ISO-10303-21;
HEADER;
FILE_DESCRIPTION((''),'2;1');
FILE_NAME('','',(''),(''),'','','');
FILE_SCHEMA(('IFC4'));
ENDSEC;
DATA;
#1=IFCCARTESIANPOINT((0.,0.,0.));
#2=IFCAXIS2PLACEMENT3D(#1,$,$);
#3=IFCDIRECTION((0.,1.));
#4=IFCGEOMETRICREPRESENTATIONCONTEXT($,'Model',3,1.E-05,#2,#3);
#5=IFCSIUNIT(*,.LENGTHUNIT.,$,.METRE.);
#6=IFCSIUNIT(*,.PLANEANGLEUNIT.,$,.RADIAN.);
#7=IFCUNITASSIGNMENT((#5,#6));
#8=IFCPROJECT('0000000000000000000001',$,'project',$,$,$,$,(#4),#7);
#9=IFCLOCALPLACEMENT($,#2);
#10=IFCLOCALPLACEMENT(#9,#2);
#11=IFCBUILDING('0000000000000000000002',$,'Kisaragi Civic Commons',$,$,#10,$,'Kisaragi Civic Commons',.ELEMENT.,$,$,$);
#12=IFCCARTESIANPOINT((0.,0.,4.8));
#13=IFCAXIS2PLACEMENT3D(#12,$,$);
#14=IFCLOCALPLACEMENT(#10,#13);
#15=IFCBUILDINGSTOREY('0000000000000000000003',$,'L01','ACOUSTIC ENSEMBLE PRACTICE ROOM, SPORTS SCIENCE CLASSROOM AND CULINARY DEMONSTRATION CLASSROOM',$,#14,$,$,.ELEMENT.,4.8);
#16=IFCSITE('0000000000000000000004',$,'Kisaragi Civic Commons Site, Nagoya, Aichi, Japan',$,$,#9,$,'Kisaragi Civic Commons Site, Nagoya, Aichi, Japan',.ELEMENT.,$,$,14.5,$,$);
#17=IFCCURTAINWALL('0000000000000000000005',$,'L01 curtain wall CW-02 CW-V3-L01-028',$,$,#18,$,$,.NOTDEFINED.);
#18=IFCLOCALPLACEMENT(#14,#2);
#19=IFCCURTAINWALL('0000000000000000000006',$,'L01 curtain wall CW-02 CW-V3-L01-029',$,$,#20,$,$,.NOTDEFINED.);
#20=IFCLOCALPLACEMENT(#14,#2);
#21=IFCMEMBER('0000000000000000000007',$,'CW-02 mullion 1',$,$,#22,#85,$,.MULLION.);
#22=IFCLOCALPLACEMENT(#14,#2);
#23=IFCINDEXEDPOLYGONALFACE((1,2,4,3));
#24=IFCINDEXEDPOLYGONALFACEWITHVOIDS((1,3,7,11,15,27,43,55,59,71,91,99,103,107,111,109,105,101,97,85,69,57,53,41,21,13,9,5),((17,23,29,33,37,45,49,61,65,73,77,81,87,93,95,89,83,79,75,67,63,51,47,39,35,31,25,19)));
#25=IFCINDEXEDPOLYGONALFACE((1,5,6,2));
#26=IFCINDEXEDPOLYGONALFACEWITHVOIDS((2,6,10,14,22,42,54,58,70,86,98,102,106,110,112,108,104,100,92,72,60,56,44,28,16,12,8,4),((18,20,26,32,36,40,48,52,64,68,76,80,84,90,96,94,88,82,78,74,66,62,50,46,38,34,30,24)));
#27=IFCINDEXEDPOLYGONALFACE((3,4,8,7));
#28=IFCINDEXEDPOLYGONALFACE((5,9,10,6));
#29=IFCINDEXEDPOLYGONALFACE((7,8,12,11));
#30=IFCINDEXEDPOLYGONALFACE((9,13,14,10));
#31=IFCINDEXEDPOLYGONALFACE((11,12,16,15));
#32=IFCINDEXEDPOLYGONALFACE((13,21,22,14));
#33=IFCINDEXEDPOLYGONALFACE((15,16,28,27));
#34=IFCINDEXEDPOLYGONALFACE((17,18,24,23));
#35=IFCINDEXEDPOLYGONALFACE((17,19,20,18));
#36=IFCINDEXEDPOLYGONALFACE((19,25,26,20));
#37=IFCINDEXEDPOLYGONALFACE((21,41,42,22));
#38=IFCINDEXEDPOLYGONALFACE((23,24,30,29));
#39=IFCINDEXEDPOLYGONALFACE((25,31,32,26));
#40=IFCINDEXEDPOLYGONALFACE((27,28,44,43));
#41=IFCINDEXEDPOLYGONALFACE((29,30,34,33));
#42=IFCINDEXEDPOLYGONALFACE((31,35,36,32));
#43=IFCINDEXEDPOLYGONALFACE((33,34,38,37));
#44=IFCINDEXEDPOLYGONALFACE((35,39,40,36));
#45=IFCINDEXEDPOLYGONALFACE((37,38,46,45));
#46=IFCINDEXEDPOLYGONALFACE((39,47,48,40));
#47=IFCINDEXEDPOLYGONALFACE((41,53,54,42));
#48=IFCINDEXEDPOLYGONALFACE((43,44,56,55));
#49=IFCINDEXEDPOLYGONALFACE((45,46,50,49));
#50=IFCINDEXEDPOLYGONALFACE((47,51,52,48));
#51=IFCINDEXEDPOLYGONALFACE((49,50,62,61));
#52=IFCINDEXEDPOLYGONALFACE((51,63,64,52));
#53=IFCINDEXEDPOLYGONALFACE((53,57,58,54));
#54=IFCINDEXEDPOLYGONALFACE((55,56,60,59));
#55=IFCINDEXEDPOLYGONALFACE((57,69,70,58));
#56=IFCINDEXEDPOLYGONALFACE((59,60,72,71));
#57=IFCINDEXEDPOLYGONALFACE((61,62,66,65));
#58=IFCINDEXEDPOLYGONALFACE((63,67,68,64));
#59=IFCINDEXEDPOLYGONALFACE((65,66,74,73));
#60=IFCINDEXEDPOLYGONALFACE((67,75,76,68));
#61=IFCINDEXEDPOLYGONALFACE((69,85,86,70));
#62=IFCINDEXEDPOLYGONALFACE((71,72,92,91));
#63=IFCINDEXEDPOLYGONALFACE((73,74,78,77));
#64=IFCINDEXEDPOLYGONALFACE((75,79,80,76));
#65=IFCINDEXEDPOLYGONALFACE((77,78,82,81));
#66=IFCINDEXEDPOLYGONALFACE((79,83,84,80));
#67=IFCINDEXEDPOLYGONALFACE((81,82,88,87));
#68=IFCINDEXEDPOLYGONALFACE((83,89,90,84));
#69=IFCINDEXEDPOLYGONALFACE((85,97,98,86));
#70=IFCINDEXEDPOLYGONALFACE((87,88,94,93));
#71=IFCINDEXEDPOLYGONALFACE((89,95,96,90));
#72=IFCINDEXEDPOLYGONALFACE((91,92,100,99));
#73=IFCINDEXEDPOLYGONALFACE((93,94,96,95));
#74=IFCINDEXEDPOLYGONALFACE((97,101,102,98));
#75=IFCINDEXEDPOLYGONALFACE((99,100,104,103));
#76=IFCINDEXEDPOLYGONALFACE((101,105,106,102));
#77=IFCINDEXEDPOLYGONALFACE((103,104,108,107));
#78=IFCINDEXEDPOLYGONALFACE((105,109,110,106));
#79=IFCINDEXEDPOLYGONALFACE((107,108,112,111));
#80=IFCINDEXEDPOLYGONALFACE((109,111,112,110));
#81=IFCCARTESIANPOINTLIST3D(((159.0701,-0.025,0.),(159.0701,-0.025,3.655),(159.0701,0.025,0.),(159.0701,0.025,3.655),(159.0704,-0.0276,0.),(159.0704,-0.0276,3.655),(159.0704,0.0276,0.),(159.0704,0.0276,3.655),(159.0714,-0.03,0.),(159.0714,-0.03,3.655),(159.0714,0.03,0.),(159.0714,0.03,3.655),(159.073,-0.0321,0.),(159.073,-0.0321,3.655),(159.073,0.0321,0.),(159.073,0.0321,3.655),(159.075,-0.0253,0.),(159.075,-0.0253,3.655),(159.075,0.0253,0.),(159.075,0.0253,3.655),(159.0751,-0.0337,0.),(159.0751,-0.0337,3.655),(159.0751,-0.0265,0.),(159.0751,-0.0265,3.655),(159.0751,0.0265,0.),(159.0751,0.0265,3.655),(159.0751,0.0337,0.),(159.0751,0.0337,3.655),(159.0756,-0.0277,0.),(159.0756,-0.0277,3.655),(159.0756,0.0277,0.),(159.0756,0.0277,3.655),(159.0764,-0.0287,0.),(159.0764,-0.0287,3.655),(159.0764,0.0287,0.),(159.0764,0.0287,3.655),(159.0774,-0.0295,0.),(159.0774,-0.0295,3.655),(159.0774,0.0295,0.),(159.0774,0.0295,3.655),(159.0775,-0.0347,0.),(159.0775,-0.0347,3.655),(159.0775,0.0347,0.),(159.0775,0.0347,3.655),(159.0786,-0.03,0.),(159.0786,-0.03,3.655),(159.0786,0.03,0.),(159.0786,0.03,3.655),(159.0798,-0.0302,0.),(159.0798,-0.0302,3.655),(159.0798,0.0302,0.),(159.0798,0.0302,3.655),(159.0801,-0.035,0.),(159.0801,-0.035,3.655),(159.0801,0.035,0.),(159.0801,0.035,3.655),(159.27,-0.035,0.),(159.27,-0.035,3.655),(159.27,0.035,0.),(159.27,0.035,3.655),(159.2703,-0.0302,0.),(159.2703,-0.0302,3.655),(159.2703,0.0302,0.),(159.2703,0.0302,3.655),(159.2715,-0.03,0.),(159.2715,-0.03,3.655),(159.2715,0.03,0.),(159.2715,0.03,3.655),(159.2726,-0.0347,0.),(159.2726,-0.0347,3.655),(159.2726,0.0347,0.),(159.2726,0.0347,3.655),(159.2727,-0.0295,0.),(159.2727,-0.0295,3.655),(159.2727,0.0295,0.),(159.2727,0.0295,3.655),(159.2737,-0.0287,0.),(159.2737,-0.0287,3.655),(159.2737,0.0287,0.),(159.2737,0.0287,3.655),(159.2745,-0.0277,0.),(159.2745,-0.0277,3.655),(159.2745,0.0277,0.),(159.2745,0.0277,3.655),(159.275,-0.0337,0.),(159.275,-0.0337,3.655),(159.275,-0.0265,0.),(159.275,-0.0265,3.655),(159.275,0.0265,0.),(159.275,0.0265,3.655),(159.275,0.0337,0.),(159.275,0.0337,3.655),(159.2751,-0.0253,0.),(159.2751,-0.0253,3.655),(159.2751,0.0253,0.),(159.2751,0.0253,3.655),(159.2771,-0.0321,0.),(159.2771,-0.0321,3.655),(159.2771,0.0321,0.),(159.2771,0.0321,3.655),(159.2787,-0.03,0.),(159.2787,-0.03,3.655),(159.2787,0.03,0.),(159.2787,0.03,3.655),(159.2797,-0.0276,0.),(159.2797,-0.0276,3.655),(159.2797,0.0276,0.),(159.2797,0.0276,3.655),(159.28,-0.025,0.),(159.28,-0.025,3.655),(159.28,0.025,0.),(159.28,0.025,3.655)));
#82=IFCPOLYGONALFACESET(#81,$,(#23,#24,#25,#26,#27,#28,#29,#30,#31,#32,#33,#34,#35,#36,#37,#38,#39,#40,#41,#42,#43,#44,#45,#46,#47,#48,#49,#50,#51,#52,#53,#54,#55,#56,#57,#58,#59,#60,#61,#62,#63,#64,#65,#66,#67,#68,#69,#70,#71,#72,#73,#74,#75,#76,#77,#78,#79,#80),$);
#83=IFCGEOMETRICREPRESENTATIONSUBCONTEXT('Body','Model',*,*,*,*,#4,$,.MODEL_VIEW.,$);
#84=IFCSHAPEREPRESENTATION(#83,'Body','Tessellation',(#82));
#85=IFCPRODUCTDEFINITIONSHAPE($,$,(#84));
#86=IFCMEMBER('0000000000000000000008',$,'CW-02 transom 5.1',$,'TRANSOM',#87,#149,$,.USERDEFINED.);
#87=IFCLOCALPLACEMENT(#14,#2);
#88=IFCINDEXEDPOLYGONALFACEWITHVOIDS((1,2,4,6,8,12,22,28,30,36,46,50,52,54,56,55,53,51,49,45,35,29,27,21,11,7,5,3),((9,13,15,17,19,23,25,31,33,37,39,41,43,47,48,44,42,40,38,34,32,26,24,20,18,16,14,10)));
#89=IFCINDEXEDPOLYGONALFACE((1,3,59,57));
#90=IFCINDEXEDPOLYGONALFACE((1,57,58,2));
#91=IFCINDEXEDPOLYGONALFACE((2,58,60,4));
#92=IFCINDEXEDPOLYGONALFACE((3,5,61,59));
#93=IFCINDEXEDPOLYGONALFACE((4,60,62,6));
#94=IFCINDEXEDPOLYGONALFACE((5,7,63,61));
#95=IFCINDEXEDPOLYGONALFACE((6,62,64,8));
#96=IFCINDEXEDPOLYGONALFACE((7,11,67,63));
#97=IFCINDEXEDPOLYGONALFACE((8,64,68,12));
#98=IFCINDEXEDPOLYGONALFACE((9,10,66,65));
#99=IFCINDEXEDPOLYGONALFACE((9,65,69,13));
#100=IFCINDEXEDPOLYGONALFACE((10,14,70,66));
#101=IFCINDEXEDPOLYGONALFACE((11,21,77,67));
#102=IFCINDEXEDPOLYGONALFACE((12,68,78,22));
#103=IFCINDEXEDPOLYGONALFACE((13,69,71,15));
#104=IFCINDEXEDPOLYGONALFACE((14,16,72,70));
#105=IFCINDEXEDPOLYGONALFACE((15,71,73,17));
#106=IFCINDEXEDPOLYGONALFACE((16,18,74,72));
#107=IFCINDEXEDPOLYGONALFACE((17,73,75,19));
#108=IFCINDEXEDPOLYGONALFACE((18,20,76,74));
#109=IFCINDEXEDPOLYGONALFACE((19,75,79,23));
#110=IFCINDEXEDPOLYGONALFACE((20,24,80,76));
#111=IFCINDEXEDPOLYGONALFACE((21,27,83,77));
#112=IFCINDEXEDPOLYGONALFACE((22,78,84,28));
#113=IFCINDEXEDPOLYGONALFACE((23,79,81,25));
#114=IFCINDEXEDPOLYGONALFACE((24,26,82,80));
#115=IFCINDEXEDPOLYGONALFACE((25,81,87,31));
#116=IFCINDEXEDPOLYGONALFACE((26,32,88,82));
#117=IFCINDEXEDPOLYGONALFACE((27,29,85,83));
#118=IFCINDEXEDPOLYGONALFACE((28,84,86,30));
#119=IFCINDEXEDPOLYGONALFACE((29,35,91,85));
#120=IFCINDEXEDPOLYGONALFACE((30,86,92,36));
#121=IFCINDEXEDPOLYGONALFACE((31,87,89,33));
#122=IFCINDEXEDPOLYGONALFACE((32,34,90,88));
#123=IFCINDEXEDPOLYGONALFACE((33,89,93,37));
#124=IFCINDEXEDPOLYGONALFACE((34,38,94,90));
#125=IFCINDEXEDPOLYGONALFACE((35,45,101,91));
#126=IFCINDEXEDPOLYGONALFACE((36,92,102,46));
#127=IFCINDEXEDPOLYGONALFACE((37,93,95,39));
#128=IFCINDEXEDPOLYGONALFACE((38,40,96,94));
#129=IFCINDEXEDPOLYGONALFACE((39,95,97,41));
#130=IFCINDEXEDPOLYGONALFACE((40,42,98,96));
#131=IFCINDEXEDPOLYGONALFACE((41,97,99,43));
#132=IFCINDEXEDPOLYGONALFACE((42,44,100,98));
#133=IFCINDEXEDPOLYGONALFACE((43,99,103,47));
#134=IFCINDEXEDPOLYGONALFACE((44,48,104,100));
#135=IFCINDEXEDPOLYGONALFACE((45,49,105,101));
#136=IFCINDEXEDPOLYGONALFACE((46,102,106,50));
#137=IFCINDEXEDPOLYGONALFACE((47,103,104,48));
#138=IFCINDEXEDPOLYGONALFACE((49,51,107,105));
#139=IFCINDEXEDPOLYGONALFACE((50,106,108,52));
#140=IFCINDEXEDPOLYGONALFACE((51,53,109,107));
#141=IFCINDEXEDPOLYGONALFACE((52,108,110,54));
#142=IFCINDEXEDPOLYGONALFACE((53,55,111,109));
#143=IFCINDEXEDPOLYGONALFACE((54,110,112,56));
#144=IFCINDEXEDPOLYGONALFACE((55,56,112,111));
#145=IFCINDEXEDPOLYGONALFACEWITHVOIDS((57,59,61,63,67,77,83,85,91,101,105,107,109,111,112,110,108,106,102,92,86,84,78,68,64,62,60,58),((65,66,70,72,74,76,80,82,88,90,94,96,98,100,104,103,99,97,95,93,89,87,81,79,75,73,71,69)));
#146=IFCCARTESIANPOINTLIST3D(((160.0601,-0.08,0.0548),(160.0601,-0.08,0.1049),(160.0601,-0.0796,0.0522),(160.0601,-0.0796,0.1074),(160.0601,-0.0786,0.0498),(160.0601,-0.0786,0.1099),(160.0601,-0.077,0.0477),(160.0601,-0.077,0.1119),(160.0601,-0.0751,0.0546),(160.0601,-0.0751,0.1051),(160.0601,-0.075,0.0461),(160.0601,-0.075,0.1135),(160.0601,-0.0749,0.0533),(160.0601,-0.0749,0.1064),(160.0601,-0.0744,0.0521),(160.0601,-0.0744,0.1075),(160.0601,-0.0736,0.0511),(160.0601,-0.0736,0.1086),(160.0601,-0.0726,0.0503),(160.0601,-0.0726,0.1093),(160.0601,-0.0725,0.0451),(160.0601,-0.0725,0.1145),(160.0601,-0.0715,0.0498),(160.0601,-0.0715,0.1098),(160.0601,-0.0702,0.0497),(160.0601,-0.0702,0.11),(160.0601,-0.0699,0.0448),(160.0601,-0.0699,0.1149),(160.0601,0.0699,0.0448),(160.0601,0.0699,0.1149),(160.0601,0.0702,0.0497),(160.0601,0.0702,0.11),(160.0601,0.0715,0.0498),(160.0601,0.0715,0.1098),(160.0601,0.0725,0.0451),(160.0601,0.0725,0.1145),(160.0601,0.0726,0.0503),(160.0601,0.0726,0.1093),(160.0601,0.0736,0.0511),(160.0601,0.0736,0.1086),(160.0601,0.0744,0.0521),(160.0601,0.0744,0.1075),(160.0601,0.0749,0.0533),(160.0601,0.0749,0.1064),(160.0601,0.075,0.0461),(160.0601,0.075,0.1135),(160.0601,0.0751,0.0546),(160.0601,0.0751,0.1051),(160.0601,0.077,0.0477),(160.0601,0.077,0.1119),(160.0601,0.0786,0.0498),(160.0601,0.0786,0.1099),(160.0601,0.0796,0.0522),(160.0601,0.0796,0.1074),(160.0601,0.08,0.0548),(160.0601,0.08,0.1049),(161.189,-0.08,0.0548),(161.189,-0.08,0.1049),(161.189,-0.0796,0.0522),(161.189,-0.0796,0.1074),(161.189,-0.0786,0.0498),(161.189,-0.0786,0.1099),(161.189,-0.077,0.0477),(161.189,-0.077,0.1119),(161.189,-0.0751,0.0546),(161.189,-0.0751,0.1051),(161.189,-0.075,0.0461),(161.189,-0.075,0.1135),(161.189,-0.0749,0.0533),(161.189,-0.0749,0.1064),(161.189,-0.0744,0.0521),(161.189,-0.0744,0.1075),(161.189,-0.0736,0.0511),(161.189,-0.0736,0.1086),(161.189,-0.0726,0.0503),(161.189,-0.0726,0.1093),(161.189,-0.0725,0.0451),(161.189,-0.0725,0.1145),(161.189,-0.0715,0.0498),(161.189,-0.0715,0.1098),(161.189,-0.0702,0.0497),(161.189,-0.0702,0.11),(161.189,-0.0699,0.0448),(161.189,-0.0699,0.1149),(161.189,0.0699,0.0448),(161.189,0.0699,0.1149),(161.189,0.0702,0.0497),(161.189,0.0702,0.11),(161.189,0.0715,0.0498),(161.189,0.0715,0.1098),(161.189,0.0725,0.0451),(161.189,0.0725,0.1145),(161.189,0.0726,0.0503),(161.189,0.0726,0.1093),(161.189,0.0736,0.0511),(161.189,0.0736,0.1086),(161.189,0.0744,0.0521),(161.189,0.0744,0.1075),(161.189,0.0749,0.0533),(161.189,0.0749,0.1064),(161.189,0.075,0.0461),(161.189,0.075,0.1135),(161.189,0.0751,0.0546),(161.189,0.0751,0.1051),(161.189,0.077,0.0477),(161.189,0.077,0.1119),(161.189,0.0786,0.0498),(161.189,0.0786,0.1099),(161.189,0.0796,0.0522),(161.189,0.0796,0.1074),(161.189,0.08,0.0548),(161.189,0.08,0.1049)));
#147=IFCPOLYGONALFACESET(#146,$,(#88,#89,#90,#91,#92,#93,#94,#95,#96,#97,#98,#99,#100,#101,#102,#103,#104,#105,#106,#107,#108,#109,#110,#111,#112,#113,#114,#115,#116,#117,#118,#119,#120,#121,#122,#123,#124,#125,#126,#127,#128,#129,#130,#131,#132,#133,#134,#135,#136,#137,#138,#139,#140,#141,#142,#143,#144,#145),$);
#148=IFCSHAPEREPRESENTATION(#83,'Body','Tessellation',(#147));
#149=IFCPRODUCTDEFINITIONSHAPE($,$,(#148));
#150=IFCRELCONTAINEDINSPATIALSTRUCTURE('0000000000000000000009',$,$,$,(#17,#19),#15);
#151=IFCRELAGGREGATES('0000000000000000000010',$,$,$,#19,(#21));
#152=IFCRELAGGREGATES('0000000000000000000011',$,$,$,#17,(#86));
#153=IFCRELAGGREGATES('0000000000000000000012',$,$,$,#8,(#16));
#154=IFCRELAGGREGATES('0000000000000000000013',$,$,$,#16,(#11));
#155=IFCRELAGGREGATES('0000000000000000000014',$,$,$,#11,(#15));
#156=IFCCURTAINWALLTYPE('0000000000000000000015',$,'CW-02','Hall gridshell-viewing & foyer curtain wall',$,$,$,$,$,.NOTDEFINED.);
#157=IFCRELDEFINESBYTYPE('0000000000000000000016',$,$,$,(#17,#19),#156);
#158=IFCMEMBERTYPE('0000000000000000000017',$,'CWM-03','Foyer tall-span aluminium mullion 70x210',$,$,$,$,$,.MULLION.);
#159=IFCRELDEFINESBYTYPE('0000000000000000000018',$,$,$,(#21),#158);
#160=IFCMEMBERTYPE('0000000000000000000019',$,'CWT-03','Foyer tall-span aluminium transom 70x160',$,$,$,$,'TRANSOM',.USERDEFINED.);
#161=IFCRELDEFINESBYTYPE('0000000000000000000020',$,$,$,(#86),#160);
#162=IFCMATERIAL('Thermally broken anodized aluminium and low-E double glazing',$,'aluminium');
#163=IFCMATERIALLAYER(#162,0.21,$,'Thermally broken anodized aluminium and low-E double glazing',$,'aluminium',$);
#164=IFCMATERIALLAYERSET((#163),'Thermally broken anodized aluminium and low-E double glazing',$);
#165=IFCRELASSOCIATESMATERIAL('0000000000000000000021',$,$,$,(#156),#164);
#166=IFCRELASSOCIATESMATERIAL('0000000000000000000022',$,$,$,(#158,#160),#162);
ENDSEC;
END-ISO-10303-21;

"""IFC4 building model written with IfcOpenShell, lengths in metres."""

from ifc_helpers import new_model, si_unit, direction, frame, origin, origin_2d, place, context, subcontext, project, spatial, hollow_rectangle, extrude, material, layer, layer_set, material_profile, profile_set, type_object, element, aggregate, save


model = new_model("IFC4")

# Units and contexts
model_context = context("Model", 3, precision=1e-05, world=origin(), true_north=direction((0.0, 1.0)))
body_context = subcontext(model_context, "Body", "Model", "MODEL_VIEW")
ifc_project = project(units=[si_unit("LENGTHUNIT", "METRE"), si_unit("PLANEANGLEUNIT", "RADIAN")], contexts=[model_context])

# Site, building, storey
site_placement = place(None, origin())
site = spatial("IfcSite", under=ifc_project, at=site_placement, Name="Kisaragi Civic Commons Site, Nagoya, Aichi, Japan", LongName="Kisaragi Civic Commons Site, Nagoya, Aichi, Japan", CompositionType="ELEMENT", RefElevation=14.5)
building_placement = place(site_placement, origin())
building = spatial("IfcBuilding", under=site, at=building_placement, Name="Kisaragi Civic Commons", LongName="Kisaragi Civic Commons", CompositionType="ELEMENT")
storey_placement = place(building_placement, frame((0.0, 0.0, 4.8)))
storey = spatial("IfcBuildingStorey", under=building, at=storey_placement, Name="L01", Description="ACOUSTIC ENSEMBLE PRACTICE ROOM, SPORTS SCIENCE CLASSROOM AND CULINARY DEMONSTRATION CLASSROOM", CompositionType="ELEMENT", Elevation=4.8)

# Curtain wall
ifc_material_1 = material(Name="Thermally broken anodized aluminium and low-E double glazing", Category="aluminium")
ifc_layer_1 = layer(ifc_material_1, 0.21, Name="Thermally broken anodized aluminium and low-E double glazing", Category="aluminium")
ifc_layer_set_1 = layer_set([ifc_layer_1], Name="Thermally broken anodized aluminium and low-E double glazing")
curtain_wall_type = type_object("IfcCurtainWallType", Name="CW-02", Description="Hall gridshell-viewing & foyer curtain wall", PredefinedType="NOTDEFINED", material=ifc_layer_set_1)
curtain_wall_1_placement = place(storey_placement, origin())
curtain_wall_1 = element("IfcCurtainWall", 1, at=curtain_wall_1_placement, inside=storey, type_object=curtain_wall_type, Name="L01 curtain wall CW-02 CW-V3-L01-028", PredefinedType="NOTDEFINED")
ifc_material_profile_1 = material_profile(ifc_material_1, hollow_rectangle(XDim=0.0701, YDim=0.21, WallThickness=0.0049, InnerFilletRadius=0.0049, OuterFilletRadius=0.01, at=origin_2d()), Name="CWM-70x210x5", Category="aluminium")
ifc_profile_set_1 = profile_set([ifc_material_profile_1], Name="Thermally broken anodized aluminium and low-E double glazing")
member_type_1 = type_object("IfcMemberType", Name="CWM-03", Description="Foyer tall-span aluminium mullion 70x210", PredefinedType="MULLION", material=ifc_profile_set_1)

# Curtain wall, member
curtain_wall_2_placement = place(storey_placement, origin())
curtain_wall_2 = element("IfcCurtainWall", 2, at=curtain_wall_2_placement, inside=storey, type_object=curtain_wall_type, Name="L01 curtain wall CW-02 CW-V3-L01-029", PredefinedType="NOTDEFINED")
member_1_placement = place(storey_placement, frame((159.175, 0.0, 0.0), z_axis=(0.0, 0.0, 1.0), x_axis=(0.0, -1.0, 0.0)))
member_1 = element("IfcMember", 3, at=member_1_placement, type_object=member_type_1, Name="CW-02 mullion 1", PredefinedType="MULLION", context=body_context, shape_type="SweptSolid", body=[
    extrude(hollow_rectangle(XDim=0.0701, YDim=0.21, WallThickness=0.0049, InnerFilletRadius=0.0049, OuterFilletRadius=0.01, at=origin_2d()), origin(), (0.0, 0.0, 1.0), 3.655),
])

# Member
ifc_material_profile_2 = material_profile(ifc_material_1, hollow_rectangle(XDim=0.1599, YDim=0.0701, WallThickness=0.0049, InnerFilletRadius=0.0049, OuterFilletRadius=0.01, at=origin_2d()), Name="CWT-70x160x5", Category="aluminium")
ifc_profile_set_2 = profile_set([ifc_material_profile_2], Name="Thermally broken anodized aluminium and low-E double glazing")
member_type_2 = type_object("IfcMemberType", Name="CWT-03", Description="Foyer tall-span aluminium transom 70x160", ElementType="TRANSOM", PredefinedType="USERDEFINED", material=ifc_profile_set_2)
member_2_placement = place(storey_placement, frame((161.189, 0.0, 0.0798), z_axis=(-1.0, 0.0, 0.0), x_axis=(0.0, -1.0, 0.0)))
member_2 = element("IfcMember", 4, at=member_2_placement, type_object=member_type_2, Name="CW-02 transom 5.1", ObjectType="TRANSOM", PredefinedType="USERDEFINED", context=body_context, shape_type="SweptSolid", body=[
    extrude(hollow_rectangle(XDim=0.1599, YDim=0.0701, WallThickness=0.0049, InnerFilletRadius=0.0049, OuterFilletRadius=0.01, at=origin_2d()), origin(), (0.0, 0.0, 1.0), 1.1289),
])
aggregate(curtain_wall_2, [member_1])

aggregate(curtain_wall_1, [member_2])

save(model, "model.ifc")
